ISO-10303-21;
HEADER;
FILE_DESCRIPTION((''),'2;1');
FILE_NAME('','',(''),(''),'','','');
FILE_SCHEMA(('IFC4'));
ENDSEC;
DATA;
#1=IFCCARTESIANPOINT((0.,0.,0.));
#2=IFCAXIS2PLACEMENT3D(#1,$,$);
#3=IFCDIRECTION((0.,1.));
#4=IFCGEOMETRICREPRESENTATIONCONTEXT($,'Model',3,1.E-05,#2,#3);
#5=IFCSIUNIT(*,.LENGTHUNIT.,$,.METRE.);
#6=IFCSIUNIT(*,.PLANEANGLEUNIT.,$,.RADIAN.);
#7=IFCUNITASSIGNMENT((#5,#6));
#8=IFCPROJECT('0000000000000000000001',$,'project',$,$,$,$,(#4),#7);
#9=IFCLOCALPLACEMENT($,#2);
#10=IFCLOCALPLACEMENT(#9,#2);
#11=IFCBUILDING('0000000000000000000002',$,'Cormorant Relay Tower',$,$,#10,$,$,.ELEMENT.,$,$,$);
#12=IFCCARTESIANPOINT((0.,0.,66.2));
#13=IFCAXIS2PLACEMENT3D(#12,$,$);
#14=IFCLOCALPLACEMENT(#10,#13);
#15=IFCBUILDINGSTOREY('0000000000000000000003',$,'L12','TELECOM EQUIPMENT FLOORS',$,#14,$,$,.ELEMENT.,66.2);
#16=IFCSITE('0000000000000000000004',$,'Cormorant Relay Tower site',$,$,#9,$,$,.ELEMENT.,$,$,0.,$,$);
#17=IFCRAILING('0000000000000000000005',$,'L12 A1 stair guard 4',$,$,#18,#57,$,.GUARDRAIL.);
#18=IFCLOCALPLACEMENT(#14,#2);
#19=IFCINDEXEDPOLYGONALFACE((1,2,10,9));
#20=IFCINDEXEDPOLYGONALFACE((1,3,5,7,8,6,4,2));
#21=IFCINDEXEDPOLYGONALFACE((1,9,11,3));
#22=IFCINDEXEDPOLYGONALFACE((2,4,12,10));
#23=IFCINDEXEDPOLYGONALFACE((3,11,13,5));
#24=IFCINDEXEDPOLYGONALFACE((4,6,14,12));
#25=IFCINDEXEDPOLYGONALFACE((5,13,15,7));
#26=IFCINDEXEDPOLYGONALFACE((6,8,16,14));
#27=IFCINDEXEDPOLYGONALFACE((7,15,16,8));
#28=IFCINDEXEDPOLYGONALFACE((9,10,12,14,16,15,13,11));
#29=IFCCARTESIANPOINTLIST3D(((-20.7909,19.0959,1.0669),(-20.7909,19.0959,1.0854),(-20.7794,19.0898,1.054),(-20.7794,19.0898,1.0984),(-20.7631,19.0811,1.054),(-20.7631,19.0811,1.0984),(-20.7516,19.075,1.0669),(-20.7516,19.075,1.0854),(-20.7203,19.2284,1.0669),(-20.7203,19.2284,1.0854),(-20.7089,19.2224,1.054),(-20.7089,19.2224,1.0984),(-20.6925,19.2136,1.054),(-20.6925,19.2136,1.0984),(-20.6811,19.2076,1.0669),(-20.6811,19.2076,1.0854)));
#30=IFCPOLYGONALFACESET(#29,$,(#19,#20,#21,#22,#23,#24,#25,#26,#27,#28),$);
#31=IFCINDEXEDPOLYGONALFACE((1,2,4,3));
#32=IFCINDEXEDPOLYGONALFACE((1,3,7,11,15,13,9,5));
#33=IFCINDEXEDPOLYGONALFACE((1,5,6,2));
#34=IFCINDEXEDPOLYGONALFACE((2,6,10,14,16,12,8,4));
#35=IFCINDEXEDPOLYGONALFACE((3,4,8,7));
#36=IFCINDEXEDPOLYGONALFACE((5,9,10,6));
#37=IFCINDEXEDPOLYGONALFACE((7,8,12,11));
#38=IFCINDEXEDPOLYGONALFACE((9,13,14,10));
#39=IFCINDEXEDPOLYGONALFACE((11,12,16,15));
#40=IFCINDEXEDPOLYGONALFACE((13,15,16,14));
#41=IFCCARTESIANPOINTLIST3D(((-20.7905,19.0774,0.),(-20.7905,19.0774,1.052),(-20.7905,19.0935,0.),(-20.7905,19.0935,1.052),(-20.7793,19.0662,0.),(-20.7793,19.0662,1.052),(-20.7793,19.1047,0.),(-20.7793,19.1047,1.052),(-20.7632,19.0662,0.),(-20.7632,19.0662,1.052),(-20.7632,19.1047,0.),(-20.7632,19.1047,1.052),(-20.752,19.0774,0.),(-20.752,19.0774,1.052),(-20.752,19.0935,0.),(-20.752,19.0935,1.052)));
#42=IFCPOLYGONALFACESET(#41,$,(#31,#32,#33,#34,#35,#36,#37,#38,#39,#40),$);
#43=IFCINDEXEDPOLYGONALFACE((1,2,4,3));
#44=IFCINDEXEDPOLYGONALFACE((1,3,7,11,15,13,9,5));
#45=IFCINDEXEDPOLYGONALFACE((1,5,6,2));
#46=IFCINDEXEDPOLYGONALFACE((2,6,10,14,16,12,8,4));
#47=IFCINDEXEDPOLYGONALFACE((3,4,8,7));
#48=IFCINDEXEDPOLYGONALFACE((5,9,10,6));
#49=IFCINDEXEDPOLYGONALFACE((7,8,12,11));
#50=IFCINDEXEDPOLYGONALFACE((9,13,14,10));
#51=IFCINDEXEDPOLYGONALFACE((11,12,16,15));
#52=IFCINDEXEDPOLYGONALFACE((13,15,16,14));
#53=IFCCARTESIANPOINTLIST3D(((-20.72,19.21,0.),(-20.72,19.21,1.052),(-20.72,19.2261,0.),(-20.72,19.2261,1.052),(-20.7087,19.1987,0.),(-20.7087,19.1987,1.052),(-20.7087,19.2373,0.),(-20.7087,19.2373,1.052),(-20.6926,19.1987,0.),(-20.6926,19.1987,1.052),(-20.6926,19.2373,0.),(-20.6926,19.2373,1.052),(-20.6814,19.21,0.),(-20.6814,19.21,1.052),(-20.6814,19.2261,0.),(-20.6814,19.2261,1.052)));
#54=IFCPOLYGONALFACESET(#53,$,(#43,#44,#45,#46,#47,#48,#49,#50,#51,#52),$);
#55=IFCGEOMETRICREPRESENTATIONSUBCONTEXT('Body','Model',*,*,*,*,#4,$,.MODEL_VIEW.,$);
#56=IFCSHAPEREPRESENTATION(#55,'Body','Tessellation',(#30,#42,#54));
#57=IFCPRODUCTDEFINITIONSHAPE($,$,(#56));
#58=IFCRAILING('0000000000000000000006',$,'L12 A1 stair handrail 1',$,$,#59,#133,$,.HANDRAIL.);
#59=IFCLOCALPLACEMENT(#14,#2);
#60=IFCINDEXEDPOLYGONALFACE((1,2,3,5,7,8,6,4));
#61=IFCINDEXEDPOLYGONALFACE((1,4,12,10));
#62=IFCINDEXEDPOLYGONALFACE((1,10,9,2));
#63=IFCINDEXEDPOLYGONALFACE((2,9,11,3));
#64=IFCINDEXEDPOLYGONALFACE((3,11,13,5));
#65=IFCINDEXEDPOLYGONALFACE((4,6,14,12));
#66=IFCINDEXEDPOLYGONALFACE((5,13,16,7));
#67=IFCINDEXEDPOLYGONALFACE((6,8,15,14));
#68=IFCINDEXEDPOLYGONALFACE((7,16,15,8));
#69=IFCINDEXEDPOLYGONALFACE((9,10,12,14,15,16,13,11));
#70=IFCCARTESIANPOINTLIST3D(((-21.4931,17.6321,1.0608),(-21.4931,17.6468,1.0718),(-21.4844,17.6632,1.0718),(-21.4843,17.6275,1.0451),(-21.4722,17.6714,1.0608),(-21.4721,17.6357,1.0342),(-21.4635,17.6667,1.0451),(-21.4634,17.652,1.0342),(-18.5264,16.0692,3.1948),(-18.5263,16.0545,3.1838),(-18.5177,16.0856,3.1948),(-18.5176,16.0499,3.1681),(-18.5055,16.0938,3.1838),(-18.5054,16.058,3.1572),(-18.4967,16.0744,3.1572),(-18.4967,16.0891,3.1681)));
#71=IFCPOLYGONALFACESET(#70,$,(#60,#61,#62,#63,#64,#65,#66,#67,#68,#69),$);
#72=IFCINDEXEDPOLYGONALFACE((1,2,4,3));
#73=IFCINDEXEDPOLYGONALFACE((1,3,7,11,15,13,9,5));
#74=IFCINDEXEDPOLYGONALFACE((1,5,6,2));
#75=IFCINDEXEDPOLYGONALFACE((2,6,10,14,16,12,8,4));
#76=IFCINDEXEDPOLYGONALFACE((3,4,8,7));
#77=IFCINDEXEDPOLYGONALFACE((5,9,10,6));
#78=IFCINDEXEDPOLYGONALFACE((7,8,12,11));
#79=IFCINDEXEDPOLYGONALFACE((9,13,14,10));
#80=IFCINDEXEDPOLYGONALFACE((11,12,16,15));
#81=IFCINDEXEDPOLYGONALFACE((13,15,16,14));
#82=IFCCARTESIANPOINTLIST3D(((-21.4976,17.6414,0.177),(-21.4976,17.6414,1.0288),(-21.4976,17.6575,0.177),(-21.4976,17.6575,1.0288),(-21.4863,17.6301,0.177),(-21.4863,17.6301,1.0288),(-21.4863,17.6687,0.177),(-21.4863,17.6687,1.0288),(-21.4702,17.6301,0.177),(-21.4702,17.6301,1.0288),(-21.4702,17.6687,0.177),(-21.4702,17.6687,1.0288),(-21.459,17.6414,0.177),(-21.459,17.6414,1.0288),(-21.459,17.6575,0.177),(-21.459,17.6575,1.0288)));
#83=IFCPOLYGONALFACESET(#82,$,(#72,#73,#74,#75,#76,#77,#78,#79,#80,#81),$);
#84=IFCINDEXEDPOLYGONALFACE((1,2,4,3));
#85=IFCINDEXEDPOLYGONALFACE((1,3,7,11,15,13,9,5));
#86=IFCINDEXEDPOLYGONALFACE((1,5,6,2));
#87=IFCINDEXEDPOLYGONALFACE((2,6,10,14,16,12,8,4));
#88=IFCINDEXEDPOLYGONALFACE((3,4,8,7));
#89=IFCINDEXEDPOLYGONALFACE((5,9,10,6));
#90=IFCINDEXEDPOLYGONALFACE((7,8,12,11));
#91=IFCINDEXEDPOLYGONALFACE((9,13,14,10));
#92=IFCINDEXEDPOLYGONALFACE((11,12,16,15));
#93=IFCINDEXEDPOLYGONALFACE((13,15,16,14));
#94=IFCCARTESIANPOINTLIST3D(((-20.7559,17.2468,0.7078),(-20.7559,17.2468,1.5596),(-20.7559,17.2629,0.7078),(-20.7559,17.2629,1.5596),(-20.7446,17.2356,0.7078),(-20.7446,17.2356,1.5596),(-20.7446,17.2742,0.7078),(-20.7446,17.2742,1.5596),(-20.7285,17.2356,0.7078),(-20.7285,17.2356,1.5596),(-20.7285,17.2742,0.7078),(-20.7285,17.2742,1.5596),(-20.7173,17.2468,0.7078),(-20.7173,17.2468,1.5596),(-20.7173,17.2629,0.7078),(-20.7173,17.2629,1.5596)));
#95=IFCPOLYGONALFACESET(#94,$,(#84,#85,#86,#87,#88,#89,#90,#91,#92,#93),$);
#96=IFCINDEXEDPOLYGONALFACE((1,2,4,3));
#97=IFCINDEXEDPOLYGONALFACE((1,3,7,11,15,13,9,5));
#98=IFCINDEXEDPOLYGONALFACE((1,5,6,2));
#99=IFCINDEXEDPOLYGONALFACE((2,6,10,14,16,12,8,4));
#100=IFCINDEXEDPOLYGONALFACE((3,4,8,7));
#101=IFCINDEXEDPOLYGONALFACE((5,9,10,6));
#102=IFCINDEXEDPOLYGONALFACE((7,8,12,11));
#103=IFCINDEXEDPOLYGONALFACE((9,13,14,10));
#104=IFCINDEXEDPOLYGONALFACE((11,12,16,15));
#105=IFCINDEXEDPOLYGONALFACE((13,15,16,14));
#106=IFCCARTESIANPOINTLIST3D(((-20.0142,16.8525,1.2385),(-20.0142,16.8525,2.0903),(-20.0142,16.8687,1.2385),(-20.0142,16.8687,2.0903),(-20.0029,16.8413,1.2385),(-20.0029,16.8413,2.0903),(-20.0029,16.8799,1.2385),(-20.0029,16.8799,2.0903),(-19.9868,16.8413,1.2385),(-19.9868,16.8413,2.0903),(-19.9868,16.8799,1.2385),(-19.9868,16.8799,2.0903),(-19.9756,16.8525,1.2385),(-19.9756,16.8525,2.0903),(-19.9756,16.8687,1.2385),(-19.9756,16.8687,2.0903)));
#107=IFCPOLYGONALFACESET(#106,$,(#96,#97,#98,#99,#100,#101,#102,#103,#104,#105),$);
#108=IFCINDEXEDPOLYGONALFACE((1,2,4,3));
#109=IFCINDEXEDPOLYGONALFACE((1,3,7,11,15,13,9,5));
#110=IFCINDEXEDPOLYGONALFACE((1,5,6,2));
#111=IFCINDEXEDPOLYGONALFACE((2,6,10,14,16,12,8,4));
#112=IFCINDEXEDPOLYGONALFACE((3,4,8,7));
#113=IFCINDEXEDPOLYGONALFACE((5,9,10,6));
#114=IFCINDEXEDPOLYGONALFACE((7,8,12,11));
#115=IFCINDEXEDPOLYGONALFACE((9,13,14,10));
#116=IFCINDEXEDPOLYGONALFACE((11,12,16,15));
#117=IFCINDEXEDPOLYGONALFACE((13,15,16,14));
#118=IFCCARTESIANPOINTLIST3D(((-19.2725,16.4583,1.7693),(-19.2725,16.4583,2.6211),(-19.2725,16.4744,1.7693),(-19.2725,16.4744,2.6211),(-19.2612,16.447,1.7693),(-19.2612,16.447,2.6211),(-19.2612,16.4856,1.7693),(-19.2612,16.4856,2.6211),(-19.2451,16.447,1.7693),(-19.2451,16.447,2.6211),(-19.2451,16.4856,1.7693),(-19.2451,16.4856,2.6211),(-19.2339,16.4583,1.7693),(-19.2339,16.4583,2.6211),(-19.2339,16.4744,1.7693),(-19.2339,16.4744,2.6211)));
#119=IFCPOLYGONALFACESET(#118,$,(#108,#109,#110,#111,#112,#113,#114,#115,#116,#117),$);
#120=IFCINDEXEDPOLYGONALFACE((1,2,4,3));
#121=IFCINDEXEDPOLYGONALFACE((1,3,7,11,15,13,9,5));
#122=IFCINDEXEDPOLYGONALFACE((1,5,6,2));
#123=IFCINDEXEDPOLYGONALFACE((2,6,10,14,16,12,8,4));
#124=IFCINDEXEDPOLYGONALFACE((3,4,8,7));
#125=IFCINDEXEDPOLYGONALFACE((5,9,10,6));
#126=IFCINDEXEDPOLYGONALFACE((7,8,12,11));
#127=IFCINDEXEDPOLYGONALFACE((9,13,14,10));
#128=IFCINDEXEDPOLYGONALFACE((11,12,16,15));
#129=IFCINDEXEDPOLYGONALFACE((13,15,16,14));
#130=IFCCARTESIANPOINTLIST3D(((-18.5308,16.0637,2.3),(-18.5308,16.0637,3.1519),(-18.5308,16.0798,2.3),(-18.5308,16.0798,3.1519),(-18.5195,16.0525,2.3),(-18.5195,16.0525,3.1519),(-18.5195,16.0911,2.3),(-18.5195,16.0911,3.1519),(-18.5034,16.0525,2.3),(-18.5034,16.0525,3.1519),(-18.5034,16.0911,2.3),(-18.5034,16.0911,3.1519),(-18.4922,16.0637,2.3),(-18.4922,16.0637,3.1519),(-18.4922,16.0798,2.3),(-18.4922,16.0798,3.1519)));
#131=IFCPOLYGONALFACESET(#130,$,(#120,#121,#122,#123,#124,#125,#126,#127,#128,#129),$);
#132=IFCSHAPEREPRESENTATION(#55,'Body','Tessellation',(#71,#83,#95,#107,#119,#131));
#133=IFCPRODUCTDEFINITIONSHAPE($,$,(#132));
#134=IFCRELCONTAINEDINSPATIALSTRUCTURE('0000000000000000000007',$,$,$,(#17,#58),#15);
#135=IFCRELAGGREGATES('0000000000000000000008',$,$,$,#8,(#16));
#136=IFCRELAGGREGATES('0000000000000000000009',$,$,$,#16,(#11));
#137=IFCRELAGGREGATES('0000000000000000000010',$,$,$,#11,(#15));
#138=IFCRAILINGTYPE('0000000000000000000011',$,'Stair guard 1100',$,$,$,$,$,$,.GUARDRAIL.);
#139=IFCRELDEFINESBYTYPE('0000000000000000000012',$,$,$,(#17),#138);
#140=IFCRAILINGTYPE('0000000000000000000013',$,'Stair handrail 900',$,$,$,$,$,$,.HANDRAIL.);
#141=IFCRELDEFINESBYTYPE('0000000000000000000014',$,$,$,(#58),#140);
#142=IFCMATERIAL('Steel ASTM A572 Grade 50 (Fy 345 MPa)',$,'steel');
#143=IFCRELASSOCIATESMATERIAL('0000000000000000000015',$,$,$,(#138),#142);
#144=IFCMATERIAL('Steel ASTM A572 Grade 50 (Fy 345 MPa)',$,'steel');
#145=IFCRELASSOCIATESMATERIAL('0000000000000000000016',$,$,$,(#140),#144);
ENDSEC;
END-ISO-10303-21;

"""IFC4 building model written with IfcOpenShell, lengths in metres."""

from ifc_helpers import new_model, si_unit, direction, frame, origin, place, context, subcontext, project, spatial, polyline, outline, extrude, material, type_object, element, save


model = new_model("IFC4")

# Units and contexts
model_context = context("Model", 3, precision=1e-05, world=origin(), true_north=direction((0.0, 1.0)))
body_context = subcontext(model_context, "Body", "Model", "MODEL_VIEW")
ifc_project = project(units=[si_unit("LENGTHUNIT", "METRE"), si_unit("PLANEANGLEUNIT", "RADIAN")], contexts=[model_context])

# Site, building, storey
site_placement = place(None, origin())
site = spatial("IfcSite", under=ifc_project, at=site_placement, Name="Cormorant Relay Tower site", CompositionType="ELEMENT", RefElevation=0.0)
building_placement = place(site_placement, origin())
building = spatial("IfcBuilding", under=site, at=building_placement, Name="Cormorant Relay Tower", CompositionType="ELEMENT")
storey_placement = place(building_placement, frame((0.0, 0.0, 66.2)))
storey = spatial("IfcBuildingStorey", under=building, at=storey_placement, Name="L12", Description="TELECOM EQUIPMENT FLOORS", CompositionType="ELEMENT", Elevation=66.2)

# Railings
ifc_material_1 = material(Name="Steel ASTM A572 Grade 50 (Fy 345 MPa)", Category="steel")
railing_type_1 = type_object("IfcRailingType", Name="Stair guard 1100", PredefinedType="GUARDRAIL", material=ifc_material_1)
railing_1_placement = place(storey_placement, frame((-20.7712, 19.0854, 0.0)))
element("IfcRailing", 1, at=railing_1_placement, inside=storey, type_object=railing_type_1, Name="L12 A1 stair guard 4", PredefinedType="GUARDRAIL", context=body_context, shape_type="SweptSolid", body=[
    extrude(outline(polyline([(0.0222, 0.0093), (0.0093, 0.0222), (-0.0093, 0.0222), (-0.0222, 0.0093), (-0.0222, -0.0093), (-0.0093, -0.0222), (0.0093, -0.0222), (0.0222, -0.0093), (0.0222, 0.0093)])), frame((0.0, 0.0, 1.0762), z_axis=(0.469829, 0.882758, 0.0), x_axis=(-0.882758, 0.469829, 0.0)), (0.0, 0.0, 1.0), 0.1501),
    extrude(outline(polyline([(0.0193, 0.0081), (0.0081, 0.0193), (-0.0081, 0.0193), (-0.0193, 0.0081), (-0.0193, -0.0081), (-0.0081, -0.0193), (0.0081, -0.0193), (0.0193, -0.0081), (0.0193, 0.0081)])), origin(), (0.0, 0.0, 1.0), 1.052),
    extrude(outline(polyline([(0.0193, 0.0081), (0.0081, 0.0193), (-0.0081, 0.0193), (-0.0193, 0.0081), (-0.0193, -0.0081), (-0.0081, -0.0193), (0.0081, -0.0193), (0.0193, -0.0081), (0.0193, 0.0081)])), frame((0.0706, 0.1326, 0.0)), (0.0, 0.0, 1.0), 1.052),
])
ifc_material_2 = material(Name="Steel ASTM A572 Grade 50 (Fy 345 MPa)", Category="steel")
railing_type_2 = type_object("IfcRailingType", Name="Stair handrail 900", PredefinedType="HANDRAIL", material=ifc_material_2)
railing_2_placement = place(storey_placement, frame((-21.4783, 17.6494, 0.177)))
element("IfcRailing", 2, at=railing_2_placement, inside=storey, type_object=railing_type_2, Name="L12 A1 stair handrail 1", PredefinedType="HANDRAIL", context=body_context, shape_type="SweptSolid", body=[
    extrude(outline(polyline([(0.0222, 0.0093), (0.0093, 0.0222), (-0.0093, 0.0222), (-0.0222, 0.0093), (-0.0222, -0.0093), (-0.0093, -0.0222), (0.0093, -0.0222), (0.0222, -0.0093), (0.0222, 0.0093)])), frame((0.0, 0.0, 0.876), z_axis=(0.746422, -0.396921, 0.534142), x_axis=(0.469509, 0.882928, 0.0)), (0.0, 0.0, 1.0), 3.9746),
    extrude(outline(polyline([(0.0193, 0.0081), (0.0081, 0.0193), (-0.0081, 0.0193), (-0.0193, 0.0081), (-0.0193, -0.0081), (-0.0081, -0.0193), (0.0081, -0.0193), (0.0193, -0.0081), (0.0193, 0.0081)])), origin(), (0.0, 0.0, 1.0), 0.8518),
    extrude(outline(polyline([(0.0193, 0.0081), (0.0081, 0.0193), (-0.0081, 0.0193), (-0.0193, 0.0081), (-0.0193, -0.0081), (-0.0081, -0.0193), (0.0081, -0.0193), (0.0193, -0.0081), (0.0193, 0.0081)])), frame((0.7417, -0.3945, 0.5308)), (0.0, 0.0, 1.0), 0.8518),
    extrude(outline(polyline([(0.0193, 0.0081), (0.0081, 0.0193), (-0.0081, 0.0193), (-0.0193, 0.0081), (-0.0193, -0.0081), (-0.0081, -0.0193), (0.0081, -0.0193), (0.0193, -0.0081), (0.0193, 0.0081)])), frame((1.4834, -0.7888, 1.0615)), (0.0, 0.0, 1.0), 0.8518),
    extrude(outline(polyline([(0.0193, 0.0081), (0.0081, 0.0193), (-0.0081, 0.0193), (-0.0193, 0.0081), (-0.0193, -0.0081), (-0.0081, -0.0193), (0.0081, -0.0193), (0.0193, -0.0081), (0.0193, 0.0081)])), frame((2.2251, -1.1831, 1.5923)), (0.0, 0.0, 1.0), 0.8518),
    extrude(outline(polyline([(0.0193, 0.0081), (0.0081, 0.0193), (-0.0081, 0.0193), (-0.0193, 0.0081), (-0.0193, -0.0081), (-0.0081, -0.0193), (0.0081, -0.0193), (0.0193, -0.0081), (0.0193, 0.0081)])), frame((2.9668, -1.5776, 2.123)), (0.0, 0.0, 1.0), 0.8518),
])

save(model, "model.ifc")
